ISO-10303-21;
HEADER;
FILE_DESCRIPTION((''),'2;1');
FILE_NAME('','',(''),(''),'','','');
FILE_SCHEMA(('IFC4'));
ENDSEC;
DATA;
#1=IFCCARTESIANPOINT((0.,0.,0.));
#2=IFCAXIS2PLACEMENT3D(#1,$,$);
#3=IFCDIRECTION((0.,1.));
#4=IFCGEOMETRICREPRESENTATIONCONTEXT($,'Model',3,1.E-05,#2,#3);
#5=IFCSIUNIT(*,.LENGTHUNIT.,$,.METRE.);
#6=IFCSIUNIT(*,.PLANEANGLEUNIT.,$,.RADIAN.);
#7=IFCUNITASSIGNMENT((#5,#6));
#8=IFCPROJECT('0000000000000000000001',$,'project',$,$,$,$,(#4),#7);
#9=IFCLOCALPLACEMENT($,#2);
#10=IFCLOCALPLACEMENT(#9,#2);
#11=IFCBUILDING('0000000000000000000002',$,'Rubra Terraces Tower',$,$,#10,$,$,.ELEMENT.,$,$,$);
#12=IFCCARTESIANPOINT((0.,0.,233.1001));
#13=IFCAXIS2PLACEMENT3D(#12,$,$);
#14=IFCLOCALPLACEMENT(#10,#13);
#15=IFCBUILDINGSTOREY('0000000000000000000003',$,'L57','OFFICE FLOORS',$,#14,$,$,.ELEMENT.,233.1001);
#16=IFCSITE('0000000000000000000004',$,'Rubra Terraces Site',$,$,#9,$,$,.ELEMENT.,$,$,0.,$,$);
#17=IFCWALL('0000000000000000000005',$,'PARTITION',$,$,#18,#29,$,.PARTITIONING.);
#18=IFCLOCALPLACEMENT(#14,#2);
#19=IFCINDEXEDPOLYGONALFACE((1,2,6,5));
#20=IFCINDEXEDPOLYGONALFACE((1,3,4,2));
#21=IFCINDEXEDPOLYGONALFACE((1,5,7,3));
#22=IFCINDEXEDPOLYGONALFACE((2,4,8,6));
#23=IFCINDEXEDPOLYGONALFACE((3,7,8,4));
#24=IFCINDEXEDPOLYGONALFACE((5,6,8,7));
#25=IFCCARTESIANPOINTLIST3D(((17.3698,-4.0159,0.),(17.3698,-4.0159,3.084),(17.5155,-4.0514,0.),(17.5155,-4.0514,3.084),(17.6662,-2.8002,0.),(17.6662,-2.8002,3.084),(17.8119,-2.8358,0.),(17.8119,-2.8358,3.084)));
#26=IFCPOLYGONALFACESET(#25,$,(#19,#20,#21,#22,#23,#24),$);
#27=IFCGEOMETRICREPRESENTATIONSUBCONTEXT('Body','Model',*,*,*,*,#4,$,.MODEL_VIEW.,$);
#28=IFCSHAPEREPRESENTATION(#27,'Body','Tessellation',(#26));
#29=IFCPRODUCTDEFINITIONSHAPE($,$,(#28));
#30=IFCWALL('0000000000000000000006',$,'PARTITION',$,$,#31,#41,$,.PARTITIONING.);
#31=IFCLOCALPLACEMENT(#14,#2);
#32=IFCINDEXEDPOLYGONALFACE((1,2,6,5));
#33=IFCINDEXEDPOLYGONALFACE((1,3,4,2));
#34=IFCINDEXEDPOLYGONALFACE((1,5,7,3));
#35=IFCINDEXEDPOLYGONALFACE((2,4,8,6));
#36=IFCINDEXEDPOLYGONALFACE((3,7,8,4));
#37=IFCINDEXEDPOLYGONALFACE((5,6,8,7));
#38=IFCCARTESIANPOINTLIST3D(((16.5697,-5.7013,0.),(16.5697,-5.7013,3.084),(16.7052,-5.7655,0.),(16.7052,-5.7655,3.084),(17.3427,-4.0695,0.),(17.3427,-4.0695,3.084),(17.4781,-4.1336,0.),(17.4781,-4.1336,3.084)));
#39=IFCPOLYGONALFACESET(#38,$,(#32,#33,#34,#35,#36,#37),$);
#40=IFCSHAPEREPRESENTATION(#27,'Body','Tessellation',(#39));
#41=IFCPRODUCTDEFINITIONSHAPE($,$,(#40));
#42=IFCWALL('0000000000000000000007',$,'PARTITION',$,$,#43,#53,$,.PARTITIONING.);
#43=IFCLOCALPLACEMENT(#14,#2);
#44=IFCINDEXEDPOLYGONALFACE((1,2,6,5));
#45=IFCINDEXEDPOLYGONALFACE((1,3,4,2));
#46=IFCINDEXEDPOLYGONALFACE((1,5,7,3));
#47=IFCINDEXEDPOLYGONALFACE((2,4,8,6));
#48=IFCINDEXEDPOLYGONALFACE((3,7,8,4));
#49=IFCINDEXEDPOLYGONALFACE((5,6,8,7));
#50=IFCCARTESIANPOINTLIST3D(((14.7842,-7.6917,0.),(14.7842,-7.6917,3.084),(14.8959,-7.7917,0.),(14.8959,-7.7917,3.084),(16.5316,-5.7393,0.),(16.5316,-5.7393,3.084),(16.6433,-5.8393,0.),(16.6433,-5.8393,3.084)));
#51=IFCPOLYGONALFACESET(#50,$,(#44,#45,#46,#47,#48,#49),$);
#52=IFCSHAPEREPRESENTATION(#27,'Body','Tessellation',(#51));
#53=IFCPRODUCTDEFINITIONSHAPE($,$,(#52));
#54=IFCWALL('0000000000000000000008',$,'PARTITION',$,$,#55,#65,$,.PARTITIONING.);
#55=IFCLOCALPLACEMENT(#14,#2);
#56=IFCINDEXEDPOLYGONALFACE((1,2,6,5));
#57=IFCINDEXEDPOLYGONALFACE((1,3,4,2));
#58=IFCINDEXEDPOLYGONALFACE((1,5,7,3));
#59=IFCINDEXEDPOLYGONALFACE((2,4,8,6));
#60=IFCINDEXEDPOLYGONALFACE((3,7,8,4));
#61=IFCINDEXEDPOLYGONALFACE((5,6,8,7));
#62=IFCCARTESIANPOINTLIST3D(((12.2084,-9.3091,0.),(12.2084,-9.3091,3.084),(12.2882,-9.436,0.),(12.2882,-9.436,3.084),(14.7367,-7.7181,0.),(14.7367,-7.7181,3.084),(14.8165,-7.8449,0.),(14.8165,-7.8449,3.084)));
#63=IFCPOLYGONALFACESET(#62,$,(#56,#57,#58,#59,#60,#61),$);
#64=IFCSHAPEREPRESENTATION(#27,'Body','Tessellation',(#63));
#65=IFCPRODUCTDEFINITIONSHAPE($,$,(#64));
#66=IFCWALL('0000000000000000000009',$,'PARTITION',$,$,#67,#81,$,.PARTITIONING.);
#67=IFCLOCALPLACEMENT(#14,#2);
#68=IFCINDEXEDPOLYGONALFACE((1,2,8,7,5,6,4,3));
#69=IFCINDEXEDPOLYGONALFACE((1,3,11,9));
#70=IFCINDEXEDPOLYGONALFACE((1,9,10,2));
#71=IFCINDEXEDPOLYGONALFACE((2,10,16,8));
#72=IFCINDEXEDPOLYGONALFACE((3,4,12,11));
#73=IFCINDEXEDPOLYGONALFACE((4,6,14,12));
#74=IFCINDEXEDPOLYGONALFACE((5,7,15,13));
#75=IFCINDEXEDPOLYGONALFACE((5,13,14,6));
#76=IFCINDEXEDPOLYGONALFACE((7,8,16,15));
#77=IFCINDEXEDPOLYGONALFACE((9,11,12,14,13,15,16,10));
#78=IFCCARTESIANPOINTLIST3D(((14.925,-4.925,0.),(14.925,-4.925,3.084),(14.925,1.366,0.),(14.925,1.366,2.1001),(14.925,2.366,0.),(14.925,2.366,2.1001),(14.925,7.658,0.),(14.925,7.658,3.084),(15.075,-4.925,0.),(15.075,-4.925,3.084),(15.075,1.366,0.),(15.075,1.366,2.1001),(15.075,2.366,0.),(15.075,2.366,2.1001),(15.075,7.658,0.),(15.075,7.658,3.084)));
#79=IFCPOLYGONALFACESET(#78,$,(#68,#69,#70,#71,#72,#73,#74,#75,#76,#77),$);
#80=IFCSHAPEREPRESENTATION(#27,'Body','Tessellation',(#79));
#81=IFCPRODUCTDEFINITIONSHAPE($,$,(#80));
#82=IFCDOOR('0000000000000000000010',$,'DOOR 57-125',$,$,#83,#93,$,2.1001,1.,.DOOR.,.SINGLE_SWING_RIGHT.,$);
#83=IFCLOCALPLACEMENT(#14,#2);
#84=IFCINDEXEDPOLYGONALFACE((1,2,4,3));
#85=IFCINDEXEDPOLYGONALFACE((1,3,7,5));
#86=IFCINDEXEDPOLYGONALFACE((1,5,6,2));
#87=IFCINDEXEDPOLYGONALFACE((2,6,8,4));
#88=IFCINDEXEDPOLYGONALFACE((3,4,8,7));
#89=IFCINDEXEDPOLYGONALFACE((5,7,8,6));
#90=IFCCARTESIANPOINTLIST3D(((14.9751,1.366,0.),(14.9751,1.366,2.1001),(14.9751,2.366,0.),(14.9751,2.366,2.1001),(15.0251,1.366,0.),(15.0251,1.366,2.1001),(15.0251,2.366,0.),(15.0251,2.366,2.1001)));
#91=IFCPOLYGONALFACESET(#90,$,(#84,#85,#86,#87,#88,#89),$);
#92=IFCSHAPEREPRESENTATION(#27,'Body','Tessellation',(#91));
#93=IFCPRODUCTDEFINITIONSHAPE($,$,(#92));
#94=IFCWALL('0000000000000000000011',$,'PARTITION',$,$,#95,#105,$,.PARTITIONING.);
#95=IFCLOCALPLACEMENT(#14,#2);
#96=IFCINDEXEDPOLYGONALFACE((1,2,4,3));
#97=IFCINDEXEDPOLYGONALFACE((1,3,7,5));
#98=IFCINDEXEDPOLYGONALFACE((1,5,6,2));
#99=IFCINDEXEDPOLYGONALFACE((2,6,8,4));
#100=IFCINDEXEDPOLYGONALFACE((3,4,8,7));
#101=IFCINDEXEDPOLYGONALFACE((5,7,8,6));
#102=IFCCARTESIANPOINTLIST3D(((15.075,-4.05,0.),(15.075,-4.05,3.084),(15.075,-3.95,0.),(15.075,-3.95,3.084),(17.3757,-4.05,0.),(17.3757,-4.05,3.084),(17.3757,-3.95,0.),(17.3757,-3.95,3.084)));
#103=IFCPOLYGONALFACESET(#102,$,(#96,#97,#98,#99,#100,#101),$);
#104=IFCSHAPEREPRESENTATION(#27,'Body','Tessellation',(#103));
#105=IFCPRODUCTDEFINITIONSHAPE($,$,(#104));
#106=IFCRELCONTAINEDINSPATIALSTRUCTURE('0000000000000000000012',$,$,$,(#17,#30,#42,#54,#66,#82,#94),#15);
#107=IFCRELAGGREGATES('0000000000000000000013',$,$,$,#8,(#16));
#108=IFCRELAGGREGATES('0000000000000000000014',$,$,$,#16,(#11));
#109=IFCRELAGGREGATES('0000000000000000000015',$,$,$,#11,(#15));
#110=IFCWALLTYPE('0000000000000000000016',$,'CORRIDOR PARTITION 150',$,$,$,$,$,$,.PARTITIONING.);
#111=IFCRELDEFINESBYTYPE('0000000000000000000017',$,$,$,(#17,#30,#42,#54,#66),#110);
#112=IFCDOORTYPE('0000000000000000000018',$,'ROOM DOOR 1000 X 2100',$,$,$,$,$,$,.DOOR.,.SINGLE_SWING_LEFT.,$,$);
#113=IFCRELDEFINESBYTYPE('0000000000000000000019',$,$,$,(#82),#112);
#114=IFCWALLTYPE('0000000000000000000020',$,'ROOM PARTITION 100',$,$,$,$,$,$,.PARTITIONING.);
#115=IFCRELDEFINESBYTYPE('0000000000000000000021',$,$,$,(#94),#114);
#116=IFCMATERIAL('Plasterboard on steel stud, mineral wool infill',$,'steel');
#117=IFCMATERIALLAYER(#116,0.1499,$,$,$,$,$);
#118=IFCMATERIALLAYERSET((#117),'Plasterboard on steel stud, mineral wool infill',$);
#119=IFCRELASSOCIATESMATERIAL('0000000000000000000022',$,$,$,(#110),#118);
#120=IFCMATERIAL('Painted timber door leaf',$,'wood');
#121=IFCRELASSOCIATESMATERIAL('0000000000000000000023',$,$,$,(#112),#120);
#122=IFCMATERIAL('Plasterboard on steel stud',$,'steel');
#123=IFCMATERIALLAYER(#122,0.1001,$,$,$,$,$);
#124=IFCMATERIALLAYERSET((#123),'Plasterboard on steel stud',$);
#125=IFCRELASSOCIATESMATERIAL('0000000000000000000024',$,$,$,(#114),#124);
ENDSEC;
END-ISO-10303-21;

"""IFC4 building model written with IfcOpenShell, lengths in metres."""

from ifc_helpers import new_model, si_unit, direction, frame, frame_2d, origin, place, context, subcontext, project, spatial, rectangle, extrude, material, layer, layer_set, type_object, element, fill, save


model = new_model("IFC4")

# Units and contexts
model_context = context("Model", 3, precision=1e-05, world=origin(), true_north=direction((0.0, 1.0)))
body_context = subcontext(model_context, "Body", "Model", "MODEL_VIEW")
ifc_project = project(units=[si_unit("LENGTHUNIT", "METRE"), si_unit("PLANEANGLEUNIT", "RADIAN")], contexts=[model_context])

# Site, building, storey
site_placement = place(None, origin())
site = spatial("IfcSite", under=ifc_project, at=site_placement, Name="Rubra Terraces Site", CompositionType="ELEMENT", RefElevation=0.0)
building_placement = place(site_placement, origin())
building = spatial("IfcBuilding", under=site, at=building_placement, Name="Rubra Terraces Tower", CompositionType="ELEMENT")
storey_placement = place(building_placement, frame((0.0, 0.0, 233.1001)))
storey = spatial("IfcBuildingStorey", under=building, at=storey_placement, Name="L57", Description="OFFICE FLOORS", CompositionType="ELEMENT", Elevation=233.1001)

# Walls
ifc_material_1 = material(Name="Plasterboard on steel stud, mineral wool infill", Category="steel")
ifc_layer_1 = layer(ifc_material_1, 0.1499)
ifc_layer_set_1 = layer_set([ifc_layer_1], Name="Plasterboard on steel stud, mineral wool infill")
wall_type_1 = type_object("IfcWallType", Name="CORRIDOR PARTITION 150", PredefinedType="PARTITIONING", material=ifc_layer_set_1)
wall_1_placement = place(storey_placement, frame((17.739, -2.8181, 0.0), z_axis=(0.0, 0.0, 1.0), x_axis=(-0.236884, -0.971538, 0.0)))
element("IfcWall", 1, at=wall_1_placement, inside=storey, type_object=wall_type_1, Name="PARTITION", PredefinedType="PARTITIONING", context=body_context, shape_type="SweptSolid", body=[
    extrude(rectangle(XDim=1.2512, YDim=0.1499, at=frame_2d((0.6255, 0.0))), origin(), (0.0, 0.0, 1.0), 3.084),
])
wall_2_placement = place(storey_placement, frame((17.4104, -4.1016, 0.0), z_axis=(0.0, 0.0, 1.0), x_axis=(-0.428075, -0.903743, 0.0)))
element("IfcWall", 2, at=wall_2_placement, inside=storey, type_object=wall_type_1, Name="PARTITION", PredefinedType="PARTITIONING", context=body_context, shape_type="SweptSolid", body=[
    extrude(rectangle(XDim=1.8057, YDim=0.1499, at=frame_2d((0.9028, 0.0))), origin(), (0.0, 0.0, 1.0), 3.084),
])
wall_3_placement = place(storey_placement, frame((16.5874, -5.7893, 0.0), z_axis=(0.0, 0.0, 1.0), x_axis=(-0.666887, -0.745158, 0.0)))
element("IfcWall", 3, at=wall_3_placement, inside=storey, type_object=wall_type_1, Name="PARTITION", PredefinedType="PARTITIONING", context=body_context, shape_type="SweptSolid", body=[
    extrude(rectangle(XDim=2.6201, YDim=0.1499, at=frame_2d((1.3101, 0.0))), origin(), (0.0, 0.0, 1.0), 3.084),
])
wall_4_placement = place(storey_placement, frame((14.7766, -7.7815, 0.0), z_axis=(0.0, 0.0, 1.0), x_axis=(-0.84636, -0.532612, 0.0)))
element("IfcWall", 4, at=wall_4_placement, inside=storey, type_object=wall_type_1, Name="PARTITION", PredefinedType="PARTITIONING", context=body_context, shape_type="SweptSolid", body=[
    extrude(rectangle(XDim=2.9873, YDim=0.1499, at=frame_2d((1.4937, 0.0))), origin(), (0.0, 0.0, 1.0), 3.084),
])

# Wall, opening, door
wall_5_placement = place(storey_placement, frame((15.0, -4.925, 0.0), z_axis=(0.0, 0.0, 1.0), x_axis=(0.0, 1.0, 0.0)))
wall_5 = element("IfcWall", 5, at=wall_5_placement, inside=storey, type_object=wall_type_1, Name="PARTITION", PredefinedType="PARTITIONING", context=body_context, shape_type="SweptSolid", body=[
    extrude(rectangle(XDim=12.583, YDim=0.1499, at=frame_2d((6.2915, 0.0))), origin(), (0.0, 0.0, 1.0), 3.084),
])
opening_1_placement = place(wall_5_placement, frame((6.291, 0.0, 0.0)))
opening_1 = element("IfcOpeningElement", 6, at=opening_1_placement, cuts=wall_5, PredefinedType="OPENING", context=body_context, shape_type="SweptSolid", body=[
    extrude(rectangle(XDim=1.0, YDim=2.1001, at=frame_2d((0.5, 1.05))), frame((0.0, 0.085, 0.0), z_axis=(0.0, -1.0, 0.0), x_axis=(1.0, 0.0, 0.0)), (0.0, 0.0, 1.0), 0.1699),
])
ifc_material_2 = material(Name="Painted timber door leaf", Category="wood")
door_type = type_object("IfcDoorType", Name="ROOM DOOR 1000 X 2100", OperationType="SINGLE_SWING_LEFT", PredefinedType="DOOR", material=ifc_material_2)
door_placement = place(opening_1_placement, origin())
door = element("IfcDoor", 7, at=door_placement, inside=storey, type_object=door_type, Name="DOOR 57-125", OperationType="SINGLE_SWING_RIGHT", OverallHeight=2.1001, OverallWidth=1.0, PredefinedType="DOOR", context=body_context, shape_type="SweptSolid", body=[
    extrude(rectangle(XDim=1.0, YDim=2.1001, at=frame_2d((0.5, 1.05))), frame((0.0, 0.0249, 0.0), z_axis=(0.0, -1.0, 0.0), x_axis=(1.0, 0.0, 0.0)), (0.0, 0.0, 1.0), 0.05),
])
fill(opening_1, door)

# Wall
ifc_material_3 = material(Name="Plasterboard on steel stud", Category="steel")
ifc_layer_2 = layer(ifc_material_3, 0.1001)
ifc_layer_set_2 = layer_set([ifc_layer_2], Name="Plasterboard on steel stud")
wall_type_2 = type_object("IfcWallType", Name="ROOM PARTITION 100", PredefinedType="PARTITIONING", material=ifc_layer_set_2)
wall_6_placement = place(storey_placement, frame((15.075, -4.0, 0.0), z_axis=(0.0, 0.0, 1.0), x_axis=(1.0, 0.0, 0.0)))
element("IfcWall", 8, at=wall_6_placement, inside=storey, type_object=wall_type_2, Name="PARTITION", PredefinedType="PARTITIONING", context=body_context, shape_type="SweptSolid", body=[
    extrude(rectangle(XDim=2.3008, YDim=0.1001, at=frame_2d((1.1504, 0.0))), origin(), (0.0, 0.0, 1.0), 3.084),
])

save(model, "model.ifc")
